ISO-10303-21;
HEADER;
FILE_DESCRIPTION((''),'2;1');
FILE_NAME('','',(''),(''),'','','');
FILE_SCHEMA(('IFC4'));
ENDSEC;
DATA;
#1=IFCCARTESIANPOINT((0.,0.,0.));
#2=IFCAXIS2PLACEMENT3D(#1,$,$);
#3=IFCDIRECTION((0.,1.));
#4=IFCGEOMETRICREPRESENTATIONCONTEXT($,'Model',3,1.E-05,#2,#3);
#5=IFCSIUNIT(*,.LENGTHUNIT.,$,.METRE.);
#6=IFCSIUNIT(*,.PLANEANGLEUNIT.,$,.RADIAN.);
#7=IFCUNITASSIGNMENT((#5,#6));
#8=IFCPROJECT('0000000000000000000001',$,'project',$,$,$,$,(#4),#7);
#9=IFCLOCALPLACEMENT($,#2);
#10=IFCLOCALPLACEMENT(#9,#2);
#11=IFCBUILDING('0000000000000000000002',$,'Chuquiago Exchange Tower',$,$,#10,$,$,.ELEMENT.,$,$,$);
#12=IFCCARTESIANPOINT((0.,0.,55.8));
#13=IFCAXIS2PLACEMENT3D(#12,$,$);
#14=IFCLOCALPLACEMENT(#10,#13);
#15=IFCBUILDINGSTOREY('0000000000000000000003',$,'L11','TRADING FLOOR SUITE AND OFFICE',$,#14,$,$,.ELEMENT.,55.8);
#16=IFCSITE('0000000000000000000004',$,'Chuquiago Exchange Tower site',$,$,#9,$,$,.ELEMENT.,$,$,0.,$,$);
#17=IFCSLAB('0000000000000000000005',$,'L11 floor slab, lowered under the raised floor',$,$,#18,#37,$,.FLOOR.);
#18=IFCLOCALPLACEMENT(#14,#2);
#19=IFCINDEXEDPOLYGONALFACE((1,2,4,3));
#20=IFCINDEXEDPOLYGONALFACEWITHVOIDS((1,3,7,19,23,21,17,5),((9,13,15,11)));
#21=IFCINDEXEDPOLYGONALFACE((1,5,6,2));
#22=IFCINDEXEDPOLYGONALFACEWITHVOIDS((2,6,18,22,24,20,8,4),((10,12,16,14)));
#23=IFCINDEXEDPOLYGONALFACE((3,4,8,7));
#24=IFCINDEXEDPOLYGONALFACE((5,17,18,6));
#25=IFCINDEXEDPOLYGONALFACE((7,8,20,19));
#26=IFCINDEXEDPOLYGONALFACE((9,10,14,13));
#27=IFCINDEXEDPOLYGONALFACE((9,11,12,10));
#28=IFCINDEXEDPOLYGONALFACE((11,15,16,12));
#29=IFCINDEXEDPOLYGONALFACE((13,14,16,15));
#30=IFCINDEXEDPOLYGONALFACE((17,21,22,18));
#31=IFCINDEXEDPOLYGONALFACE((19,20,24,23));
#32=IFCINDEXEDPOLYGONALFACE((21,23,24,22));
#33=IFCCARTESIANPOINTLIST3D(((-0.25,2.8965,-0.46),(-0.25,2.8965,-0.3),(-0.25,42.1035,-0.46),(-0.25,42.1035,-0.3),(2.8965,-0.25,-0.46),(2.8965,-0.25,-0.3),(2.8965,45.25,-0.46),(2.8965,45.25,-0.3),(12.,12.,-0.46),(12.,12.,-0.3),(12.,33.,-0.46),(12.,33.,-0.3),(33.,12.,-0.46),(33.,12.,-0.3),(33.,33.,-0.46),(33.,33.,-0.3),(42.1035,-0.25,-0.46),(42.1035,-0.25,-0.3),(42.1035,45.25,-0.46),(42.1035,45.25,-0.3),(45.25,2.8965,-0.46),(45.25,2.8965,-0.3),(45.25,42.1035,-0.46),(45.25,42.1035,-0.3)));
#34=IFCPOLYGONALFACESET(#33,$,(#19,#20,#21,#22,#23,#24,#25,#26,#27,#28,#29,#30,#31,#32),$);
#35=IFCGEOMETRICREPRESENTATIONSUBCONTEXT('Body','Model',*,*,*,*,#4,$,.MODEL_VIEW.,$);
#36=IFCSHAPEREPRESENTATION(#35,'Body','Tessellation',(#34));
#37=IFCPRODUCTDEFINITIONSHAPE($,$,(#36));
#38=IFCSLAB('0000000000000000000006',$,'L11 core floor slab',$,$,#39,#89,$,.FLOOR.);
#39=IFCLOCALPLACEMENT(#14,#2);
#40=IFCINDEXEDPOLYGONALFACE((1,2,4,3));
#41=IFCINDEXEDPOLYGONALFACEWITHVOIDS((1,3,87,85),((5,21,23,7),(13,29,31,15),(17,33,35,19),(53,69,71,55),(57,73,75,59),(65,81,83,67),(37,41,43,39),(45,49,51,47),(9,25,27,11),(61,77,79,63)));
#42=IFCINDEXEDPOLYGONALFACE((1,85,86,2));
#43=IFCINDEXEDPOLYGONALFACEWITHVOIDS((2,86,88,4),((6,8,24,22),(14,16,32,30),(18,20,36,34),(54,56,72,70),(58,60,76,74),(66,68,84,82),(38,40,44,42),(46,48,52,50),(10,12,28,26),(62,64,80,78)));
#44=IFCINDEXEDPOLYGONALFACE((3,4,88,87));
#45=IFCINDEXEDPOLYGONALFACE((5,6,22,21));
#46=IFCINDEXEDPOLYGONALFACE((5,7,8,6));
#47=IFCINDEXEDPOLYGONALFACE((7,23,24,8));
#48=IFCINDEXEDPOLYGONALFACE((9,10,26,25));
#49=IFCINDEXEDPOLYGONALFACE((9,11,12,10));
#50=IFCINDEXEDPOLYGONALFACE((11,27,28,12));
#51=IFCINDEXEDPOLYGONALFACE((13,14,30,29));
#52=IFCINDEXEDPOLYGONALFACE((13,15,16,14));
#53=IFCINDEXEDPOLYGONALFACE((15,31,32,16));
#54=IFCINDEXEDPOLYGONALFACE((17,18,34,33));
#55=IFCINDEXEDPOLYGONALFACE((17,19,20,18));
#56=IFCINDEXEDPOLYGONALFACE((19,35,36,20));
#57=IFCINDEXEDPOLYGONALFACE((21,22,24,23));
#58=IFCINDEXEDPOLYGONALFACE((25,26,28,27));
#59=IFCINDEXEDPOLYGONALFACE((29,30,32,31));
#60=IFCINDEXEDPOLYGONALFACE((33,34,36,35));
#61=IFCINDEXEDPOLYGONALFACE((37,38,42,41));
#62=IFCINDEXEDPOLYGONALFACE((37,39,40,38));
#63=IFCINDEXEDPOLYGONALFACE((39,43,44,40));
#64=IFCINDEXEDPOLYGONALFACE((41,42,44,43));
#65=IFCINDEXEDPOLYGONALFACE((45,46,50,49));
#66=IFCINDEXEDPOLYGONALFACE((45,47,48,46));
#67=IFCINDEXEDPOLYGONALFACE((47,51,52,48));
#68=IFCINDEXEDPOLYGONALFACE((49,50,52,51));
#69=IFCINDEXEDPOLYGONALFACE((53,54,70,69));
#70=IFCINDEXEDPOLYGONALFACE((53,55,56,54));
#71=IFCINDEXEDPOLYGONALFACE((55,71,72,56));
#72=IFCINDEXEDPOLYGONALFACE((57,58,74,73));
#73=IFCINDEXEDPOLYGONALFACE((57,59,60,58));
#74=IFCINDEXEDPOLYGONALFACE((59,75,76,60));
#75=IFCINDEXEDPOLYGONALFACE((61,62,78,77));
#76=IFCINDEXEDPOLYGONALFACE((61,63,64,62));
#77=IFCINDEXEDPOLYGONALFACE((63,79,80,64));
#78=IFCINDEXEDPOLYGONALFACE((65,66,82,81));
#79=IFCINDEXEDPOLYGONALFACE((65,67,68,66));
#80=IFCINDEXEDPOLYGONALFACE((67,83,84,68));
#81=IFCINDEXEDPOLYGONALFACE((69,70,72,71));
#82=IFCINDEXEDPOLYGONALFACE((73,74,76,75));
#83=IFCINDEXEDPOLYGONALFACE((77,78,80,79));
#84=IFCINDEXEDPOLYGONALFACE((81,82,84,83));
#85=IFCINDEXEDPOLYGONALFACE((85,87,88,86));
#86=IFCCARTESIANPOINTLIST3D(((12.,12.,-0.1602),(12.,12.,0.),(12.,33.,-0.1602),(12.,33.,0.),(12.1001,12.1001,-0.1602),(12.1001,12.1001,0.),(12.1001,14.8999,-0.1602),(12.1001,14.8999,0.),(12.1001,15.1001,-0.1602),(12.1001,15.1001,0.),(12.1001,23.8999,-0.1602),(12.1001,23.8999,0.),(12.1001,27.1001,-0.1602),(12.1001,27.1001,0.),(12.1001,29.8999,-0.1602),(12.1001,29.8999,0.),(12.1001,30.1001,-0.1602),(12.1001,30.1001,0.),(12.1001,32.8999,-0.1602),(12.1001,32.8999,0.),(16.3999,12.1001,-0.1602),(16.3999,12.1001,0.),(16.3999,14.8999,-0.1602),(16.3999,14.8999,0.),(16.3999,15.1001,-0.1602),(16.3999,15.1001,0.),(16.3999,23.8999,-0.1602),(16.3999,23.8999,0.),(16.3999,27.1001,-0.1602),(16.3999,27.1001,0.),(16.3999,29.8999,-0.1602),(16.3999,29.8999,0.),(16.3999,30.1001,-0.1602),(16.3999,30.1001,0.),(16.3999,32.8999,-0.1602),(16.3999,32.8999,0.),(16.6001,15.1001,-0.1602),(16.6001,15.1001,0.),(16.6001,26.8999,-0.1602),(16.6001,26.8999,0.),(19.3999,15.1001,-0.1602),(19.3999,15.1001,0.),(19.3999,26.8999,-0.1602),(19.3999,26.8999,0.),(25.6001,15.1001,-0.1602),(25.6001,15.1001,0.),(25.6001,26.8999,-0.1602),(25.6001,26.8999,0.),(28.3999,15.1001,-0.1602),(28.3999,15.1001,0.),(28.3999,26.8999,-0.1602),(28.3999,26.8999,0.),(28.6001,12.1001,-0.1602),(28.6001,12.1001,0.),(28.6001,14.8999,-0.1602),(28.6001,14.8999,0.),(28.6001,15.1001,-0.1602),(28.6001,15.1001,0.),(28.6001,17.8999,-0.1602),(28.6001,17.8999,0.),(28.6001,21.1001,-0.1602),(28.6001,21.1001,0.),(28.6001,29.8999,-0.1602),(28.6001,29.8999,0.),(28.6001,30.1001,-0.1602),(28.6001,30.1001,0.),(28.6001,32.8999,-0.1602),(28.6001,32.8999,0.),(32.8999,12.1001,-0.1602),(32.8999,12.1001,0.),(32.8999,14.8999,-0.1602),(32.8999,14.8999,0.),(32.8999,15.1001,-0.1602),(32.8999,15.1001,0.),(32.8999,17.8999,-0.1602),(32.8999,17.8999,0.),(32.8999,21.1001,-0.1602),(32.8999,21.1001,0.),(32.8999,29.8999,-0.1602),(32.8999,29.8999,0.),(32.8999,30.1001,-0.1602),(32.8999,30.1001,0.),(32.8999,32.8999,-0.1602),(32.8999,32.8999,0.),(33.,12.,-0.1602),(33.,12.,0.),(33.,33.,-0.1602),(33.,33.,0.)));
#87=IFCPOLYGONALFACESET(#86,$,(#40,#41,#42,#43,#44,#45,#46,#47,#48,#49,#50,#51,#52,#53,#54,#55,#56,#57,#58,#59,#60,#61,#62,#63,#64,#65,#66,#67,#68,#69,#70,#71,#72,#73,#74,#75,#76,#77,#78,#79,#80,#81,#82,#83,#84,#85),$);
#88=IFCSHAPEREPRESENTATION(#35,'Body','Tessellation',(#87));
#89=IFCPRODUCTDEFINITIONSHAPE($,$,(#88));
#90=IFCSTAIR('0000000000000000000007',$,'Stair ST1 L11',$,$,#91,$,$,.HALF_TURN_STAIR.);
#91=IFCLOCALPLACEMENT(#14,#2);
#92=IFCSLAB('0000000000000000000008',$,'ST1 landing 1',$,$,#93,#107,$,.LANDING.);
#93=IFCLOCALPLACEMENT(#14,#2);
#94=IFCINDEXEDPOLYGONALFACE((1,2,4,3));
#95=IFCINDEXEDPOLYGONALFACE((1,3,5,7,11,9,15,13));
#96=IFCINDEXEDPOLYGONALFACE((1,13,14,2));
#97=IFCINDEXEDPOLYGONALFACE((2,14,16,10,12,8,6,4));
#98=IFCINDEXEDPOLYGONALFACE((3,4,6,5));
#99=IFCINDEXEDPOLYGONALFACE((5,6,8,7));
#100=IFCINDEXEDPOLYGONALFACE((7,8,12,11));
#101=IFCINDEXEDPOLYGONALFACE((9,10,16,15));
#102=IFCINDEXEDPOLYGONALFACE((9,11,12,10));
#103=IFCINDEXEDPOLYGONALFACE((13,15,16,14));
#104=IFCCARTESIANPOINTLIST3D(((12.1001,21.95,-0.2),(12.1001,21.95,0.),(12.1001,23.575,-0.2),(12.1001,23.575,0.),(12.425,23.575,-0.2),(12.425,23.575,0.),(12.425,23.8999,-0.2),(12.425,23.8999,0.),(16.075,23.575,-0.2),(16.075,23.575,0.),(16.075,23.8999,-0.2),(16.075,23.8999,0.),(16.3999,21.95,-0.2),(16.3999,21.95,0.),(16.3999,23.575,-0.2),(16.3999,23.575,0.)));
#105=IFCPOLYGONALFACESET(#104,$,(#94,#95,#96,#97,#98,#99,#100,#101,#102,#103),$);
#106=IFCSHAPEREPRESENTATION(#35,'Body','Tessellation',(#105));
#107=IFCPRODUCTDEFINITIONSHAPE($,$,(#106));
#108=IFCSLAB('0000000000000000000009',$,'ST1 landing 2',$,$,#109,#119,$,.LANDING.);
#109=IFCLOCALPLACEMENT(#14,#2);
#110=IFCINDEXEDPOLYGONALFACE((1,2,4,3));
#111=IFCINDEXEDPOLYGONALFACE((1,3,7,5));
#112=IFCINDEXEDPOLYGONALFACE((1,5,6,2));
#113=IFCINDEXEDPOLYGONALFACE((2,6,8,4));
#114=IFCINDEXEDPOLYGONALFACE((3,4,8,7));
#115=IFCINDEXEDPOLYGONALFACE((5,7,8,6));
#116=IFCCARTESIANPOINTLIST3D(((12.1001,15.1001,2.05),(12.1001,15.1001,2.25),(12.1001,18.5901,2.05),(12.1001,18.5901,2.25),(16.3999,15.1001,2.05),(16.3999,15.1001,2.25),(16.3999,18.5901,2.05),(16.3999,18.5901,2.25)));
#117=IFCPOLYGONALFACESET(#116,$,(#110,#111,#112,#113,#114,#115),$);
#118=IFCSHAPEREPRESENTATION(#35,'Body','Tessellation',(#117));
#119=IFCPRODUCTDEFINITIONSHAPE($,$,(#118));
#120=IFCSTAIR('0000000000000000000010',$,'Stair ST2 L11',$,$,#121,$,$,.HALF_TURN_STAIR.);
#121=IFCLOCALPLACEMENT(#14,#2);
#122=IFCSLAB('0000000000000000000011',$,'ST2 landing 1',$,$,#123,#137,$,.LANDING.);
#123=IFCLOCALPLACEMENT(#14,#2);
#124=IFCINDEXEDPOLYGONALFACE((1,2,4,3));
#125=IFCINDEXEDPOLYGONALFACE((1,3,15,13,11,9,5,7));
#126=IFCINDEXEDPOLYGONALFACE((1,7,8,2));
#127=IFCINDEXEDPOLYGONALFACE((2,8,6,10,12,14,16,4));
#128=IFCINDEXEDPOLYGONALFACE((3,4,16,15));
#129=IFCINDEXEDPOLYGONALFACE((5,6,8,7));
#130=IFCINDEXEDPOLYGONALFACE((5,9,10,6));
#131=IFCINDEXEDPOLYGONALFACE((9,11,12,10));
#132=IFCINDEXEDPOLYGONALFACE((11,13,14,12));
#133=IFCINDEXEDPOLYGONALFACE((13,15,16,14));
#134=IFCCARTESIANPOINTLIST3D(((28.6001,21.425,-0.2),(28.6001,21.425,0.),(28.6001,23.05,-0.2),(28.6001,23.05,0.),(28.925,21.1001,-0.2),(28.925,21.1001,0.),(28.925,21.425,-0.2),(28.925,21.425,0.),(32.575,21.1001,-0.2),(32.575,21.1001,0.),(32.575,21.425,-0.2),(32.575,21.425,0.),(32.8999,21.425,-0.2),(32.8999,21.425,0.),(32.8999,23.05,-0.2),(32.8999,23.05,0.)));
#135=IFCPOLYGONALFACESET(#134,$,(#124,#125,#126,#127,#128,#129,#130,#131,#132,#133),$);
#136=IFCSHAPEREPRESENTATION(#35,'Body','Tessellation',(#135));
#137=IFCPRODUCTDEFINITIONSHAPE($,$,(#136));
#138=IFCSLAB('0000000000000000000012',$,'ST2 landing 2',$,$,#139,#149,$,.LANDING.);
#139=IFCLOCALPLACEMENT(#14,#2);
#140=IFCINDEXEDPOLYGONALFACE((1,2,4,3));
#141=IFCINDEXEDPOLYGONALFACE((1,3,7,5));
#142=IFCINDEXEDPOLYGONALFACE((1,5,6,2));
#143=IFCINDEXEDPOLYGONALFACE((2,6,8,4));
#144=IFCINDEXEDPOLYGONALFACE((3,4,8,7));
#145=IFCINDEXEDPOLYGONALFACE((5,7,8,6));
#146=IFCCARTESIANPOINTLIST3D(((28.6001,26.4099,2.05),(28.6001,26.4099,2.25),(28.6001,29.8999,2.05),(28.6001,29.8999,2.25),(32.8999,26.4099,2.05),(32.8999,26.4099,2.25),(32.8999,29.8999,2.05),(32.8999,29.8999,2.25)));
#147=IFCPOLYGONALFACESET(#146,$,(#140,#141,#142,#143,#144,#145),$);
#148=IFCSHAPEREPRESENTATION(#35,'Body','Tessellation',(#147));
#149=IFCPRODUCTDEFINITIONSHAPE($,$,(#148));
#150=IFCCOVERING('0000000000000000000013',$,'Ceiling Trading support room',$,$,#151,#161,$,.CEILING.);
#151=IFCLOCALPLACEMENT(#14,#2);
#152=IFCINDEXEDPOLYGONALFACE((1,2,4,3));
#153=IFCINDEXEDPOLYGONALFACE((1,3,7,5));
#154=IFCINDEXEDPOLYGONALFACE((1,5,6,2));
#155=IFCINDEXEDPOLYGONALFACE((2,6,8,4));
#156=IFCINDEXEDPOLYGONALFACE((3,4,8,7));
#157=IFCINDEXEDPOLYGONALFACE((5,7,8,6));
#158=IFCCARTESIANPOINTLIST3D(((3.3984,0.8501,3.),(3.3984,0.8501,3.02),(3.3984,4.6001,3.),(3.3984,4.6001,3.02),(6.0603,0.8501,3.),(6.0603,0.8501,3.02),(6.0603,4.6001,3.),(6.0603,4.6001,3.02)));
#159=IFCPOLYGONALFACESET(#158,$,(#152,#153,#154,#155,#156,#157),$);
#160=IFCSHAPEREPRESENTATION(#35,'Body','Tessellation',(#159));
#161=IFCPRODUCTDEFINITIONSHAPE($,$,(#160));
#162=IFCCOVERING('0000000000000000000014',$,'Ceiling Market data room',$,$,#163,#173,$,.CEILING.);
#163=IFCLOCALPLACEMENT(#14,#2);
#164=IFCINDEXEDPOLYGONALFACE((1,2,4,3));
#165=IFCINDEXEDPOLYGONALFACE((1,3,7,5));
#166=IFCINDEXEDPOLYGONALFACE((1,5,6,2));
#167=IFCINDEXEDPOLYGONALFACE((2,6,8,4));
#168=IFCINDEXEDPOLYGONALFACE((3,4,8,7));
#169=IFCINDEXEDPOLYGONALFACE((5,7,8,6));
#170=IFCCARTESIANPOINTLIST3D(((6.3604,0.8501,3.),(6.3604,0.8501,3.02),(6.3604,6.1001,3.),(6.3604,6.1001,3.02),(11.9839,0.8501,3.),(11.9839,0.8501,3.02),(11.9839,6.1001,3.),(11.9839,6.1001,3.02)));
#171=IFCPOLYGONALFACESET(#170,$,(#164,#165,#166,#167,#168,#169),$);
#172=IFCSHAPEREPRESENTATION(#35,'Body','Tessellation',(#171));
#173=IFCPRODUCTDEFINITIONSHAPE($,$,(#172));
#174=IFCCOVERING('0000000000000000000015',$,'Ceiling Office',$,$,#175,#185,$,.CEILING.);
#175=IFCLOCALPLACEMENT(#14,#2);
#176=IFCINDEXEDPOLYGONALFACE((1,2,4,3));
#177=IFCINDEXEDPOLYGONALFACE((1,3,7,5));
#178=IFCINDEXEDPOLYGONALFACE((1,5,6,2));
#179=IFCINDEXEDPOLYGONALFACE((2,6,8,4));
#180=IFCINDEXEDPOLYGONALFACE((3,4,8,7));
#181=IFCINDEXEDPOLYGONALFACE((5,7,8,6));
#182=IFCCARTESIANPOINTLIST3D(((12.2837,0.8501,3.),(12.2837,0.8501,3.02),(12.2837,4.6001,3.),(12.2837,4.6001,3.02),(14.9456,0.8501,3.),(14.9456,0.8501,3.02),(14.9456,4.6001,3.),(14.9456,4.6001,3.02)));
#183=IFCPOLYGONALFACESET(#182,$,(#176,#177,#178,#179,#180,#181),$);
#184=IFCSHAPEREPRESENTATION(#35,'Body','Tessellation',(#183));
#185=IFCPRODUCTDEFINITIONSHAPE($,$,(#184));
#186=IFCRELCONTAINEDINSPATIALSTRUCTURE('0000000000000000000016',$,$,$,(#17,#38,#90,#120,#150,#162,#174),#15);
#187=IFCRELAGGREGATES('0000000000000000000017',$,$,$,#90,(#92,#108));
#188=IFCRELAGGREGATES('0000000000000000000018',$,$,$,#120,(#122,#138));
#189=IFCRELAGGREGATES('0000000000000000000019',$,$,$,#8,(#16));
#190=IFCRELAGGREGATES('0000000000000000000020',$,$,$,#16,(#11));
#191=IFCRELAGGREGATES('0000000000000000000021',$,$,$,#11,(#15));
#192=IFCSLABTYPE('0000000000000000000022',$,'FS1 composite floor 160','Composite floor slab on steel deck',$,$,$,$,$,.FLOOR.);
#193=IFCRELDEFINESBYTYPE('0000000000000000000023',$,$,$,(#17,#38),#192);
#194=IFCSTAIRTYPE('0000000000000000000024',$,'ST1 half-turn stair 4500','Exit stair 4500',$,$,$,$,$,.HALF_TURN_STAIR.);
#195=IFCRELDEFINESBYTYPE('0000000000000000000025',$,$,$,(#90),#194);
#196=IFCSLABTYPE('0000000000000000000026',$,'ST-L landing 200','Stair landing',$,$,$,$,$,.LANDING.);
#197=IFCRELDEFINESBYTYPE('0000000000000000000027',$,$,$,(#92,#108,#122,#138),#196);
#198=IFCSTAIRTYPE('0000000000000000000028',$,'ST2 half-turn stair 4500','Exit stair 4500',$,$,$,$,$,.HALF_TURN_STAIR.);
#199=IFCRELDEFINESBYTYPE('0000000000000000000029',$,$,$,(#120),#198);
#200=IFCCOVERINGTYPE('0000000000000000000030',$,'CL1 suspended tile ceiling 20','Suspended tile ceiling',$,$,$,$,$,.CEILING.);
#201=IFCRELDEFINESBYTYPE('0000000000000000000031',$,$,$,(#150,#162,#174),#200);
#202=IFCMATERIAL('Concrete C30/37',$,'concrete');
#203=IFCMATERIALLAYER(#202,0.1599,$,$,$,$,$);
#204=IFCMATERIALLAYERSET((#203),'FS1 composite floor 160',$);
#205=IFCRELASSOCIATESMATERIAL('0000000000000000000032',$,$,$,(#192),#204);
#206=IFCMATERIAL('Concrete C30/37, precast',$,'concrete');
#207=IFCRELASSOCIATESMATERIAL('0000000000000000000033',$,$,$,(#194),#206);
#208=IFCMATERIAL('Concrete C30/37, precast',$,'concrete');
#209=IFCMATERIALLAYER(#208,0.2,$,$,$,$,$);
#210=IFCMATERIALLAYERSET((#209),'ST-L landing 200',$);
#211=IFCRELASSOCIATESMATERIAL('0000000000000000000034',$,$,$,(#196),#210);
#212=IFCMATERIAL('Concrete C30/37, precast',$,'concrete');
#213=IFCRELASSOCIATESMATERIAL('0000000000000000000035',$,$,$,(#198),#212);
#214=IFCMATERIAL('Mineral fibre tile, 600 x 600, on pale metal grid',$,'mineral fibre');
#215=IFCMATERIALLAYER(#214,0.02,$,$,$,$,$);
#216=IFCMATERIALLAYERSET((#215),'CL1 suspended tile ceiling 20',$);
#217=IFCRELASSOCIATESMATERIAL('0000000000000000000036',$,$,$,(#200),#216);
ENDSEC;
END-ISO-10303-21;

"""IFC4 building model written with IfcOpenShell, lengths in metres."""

from ifc_helpers import new_model, si_unit, direction, frame, origin, place, context, subcontext, project, spatial, polyline, outline, extrude, material, layer, layer_set, type_object, element, aggregate, save


model = new_model("IFC4")

# Units and contexts
model_context = context("Model", 3, precision=1e-05, world=origin(), true_north=direction((0.0, 1.0)))
body_context = subcontext(model_context, "Body", "Model", "MODEL_VIEW")
ifc_project = project(units=[si_unit("LENGTHUNIT", "METRE"), si_unit("PLANEANGLEUNIT", "RADIAN")], contexts=[model_context])

# Site, building, storey
site_placement = place(None, origin())
site = spatial("IfcSite", under=ifc_project, at=site_placement, Name="Chuquiago Exchange Tower site", CompositionType="ELEMENT", RefElevation=0.0)
building_placement = place(site_placement, origin())
building = spatial("IfcBuilding", under=site, at=building_placement, Name="Chuquiago Exchange Tower", CompositionType="ELEMENT")
storey_placement = place(building_placement, frame((0.0, 0.0, 55.8)))
storey = spatial("IfcBuildingStorey", under=building, at=storey_placement, Name="L11", Description="TRADING FLOOR SUITE AND OFFICE", CompositionType="ELEMENT", Elevation=55.8)

# Slabs
ifc_material_1 = material(Name="Concrete C30/37", Category="concrete")
ifc_layer_1 = layer(ifc_material_1, 0.1599)
ifc_layer_set_1 = layer_set([ifc_layer_1], Name="FS1 composite floor 160")
slab_type_1 = type_object("IfcSlabType", Name="FS1 composite floor 160", Description="Composite floor slab on steel deck", PredefinedType="FLOOR", material=ifc_layer_set_1)
slab_1_placement = place(storey_placement, frame((0.0, 0.0, -0.46)))
element("IfcSlab", 1, at=slab_1_placement, inside=storey, type_object=slab_type_1, Name="L11 floor slab, lowered under the raised floor", PredefinedType="FLOOR", context=body_context, shape_type="SweptSolid", body=[
    extrude(outline(polyline([(-0.25, 2.8965), (-0.25, 42.1035), (2.8965, 45.25), (42.1035, 45.25), (45.25, 42.1035), (45.25, 2.8965), (42.1035, -0.25), (2.8965, -0.25), (-0.25, 2.8965)]), holes=[polyline([(33.0, 33.0), (12.0, 33.0), (12.0, 12.0), (33.0, 12.0), (33.0, 33.0)])]), origin(), (0.0, 0.0, 1.0), 0.1599),
])
slab_2_placement = place(storey_placement, frame((0.0, 0.0, -0.1602)))
element("IfcSlab", 2, at=slab_2_placement, inside=storey, type_object=slab_type_1, Name="L11 core floor slab", PredefinedType="FLOOR", context=body_context, shape_type="SweptSolid", body=[
    extrude(outline(polyline([(33.0, 12.0), (33.0, 33.0), (12.0, 33.0), (12.0, 12.0), (33.0, 12.0)]), holes=[polyline([(16.3999, 15.1001), (12.1001, 15.1001), (12.1001, 23.8999), (16.3999, 23.8999), (16.3999, 15.1001)]), polyline([(32.8999, 21.1001), (28.6001, 21.1001), (28.6001, 29.8999), (32.8999, 29.8999), (32.8999, 21.1001)]), polyline([(16.3999, 12.1001), (12.1001, 12.1001), (12.1001, 14.8999), (16.3999, 14.8999), (16.3999, 12.1001)]), polyline([(16.3999, 30.1001), (12.1001, 30.1001), (12.1001, 32.8999), (16.3999, 32.8999), (16.3999, 30.1001)]), polyline([(32.8999, 12.1001), (28.6001, 12.1001), (28.6001, 14.8999), (32.8999, 14.8999), (32.8999, 12.1001)]), polyline([(32.8999, 30.1001), (28.6001, 30.1001), (28.6001, 32.8999), (32.8999, 32.8999), (32.8999, 30.1001)]), polyline([(16.3999, 27.1001), (12.1001, 27.1001), (12.1001, 29.8999), (16.3999, 29.8999), (16.3999, 27.1001)]), polyline([(32.8999, 15.1001), (28.6001, 15.1001), (28.6001, 17.8999), (32.8999, 17.8999), (32.8999, 15.1001)]), polyline([(19.3999, 15.1001), (16.6001, 15.1001), (16.6001, 26.8999), (19.3999, 26.8999), (19.3999, 15.1001)]), polyline([(28.3999, 15.1001), (25.6001, 15.1001), (25.6001, 26.8999), (28.3999, 26.8999), (28.3999, 15.1001)])]), origin(), (0.0, 0.0, 1.0), 0.1602),
])

# Stairs, slabs
ifc_material_2 = material(Name="Concrete C30/37, precast", Category="concrete")
stair_type_1 = type_object("IfcStairType", Name="ST1 half-turn stair 4500", Description="Exit stair 4500", PredefinedType="HALF_TURN_STAIR", material=ifc_material_2)
stair_1_placement = place(storey_placement, origin())
stair_1 = element("IfcStair", 3, at=stair_1_placement, inside=storey, type_object=stair_type_1, Name="Stair ST1 L11", PredefinedType="HALF_TURN_STAIR")
ifc_material_3 = material(Name="Concrete C30/37, precast", Category="concrete")
ifc_layer_2 = layer(ifc_material_3, 0.2)
ifc_layer_set_2 = layer_set([ifc_layer_2], Name="ST-L landing 200")
slab_type_2 = type_object("IfcSlabType", Name="ST-L landing 200", Description="Stair landing", PredefinedType="LANDING", material=ifc_layer_set_2)
slab_3_placement = place(storey_placement, frame((0.0, 0.0, -0.2)))
slab_3 = element("IfcSlab", 4, at=slab_3_placement, type_object=slab_type_2, Name="ST1 landing 1", PredefinedType="LANDING", context=body_context, shape_type="SweptSolid", body=[
    extrude(outline(polyline([(12.425, 23.8999), (16.075, 23.8999), (16.075, 23.575), (16.3999, 23.575), (16.3999, 21.95), (12.1001, 21.95), (12.1001, 23.575), (12.425, 23.575), (12.425, 23.8999)])), origin(), (0.0, 0.0, 1.0), 0.2),
])
slab_4_placement = place(storey_placement, frame((0.0, 0.0, 2.05)))
slab_4 = element("IfcSlab", 5, at=slab_4_placement, type_object=slab_type_2, Name="ST1 landing 2", PredefinedType="LANDING", context=body_context, shape_type="SweptSolid", body=[
    extrude(outline(polyline([(12.1001, 18.5901), (16.3999, 18.5901), (16.3999, 15.1001), (12.1001, 15.1001), (12.1001, 18.5901)])), origin(), (0.0, 0.0, 1.0), 0.2),
])
aggregate(stair_1, [slab_3, slab_4])
ifc_material_4 = material(Name="Concrete C30/37, precast", Category="concrete")
stair_type_2 = type_object("IfcStairType", Name="ST2 half-turn stair 4500", Description="Exit stair 4500", PredefinedType="HALF_TURN_STAIR", material=ifc_material_4)
stair_2_placement = place(storey_placement, origin())
stair_2 = element("IfcStair", 6, at=stair_2_placement, inside=storey, type_object=stair_type_2, Name="Stair ST2 L11", PredefinedType="HALF_TURN_STAIR")
slab_5_placement = place(storey_placement, frame((0.0, 0.0, -0.2)))
slab_5 = element("IfcSlab", 7, at=slab_5_placement, type_object=slab_type_2, Name="ST2 landing 1", PredefinedType="LANDING", context=body_context, shape_type="SweptSolid", body=[
    extrude(outline(polyline([(32.575, 21.425), (32.575, 21.1001), (28.925, 21.1001), (28.925, 21.425), (28.6001, 21.425), (28.6001, 23.05), (32.8999, 23.05), (32.8999, 21.425), (32.575, 21.425)])), origin(), (0.0, 0.0, 1.0), 0.2),
])
slab_6_placement = place(storey_placement, frame((0.0, 0.0, 2.05)))
slab_6 = element("IfcSlab", 8, at=slab_6_placement, type_object=slab_type_2, Name="ST2 landing 2", PredefinedType="LANDING", context=body_context, shape_type="SweptSolid", body=[
    extrude(outline(polyline([(28.6001, 29.8999), (32.8999, 29.8999), (32.8999, 26.4099), (28.6001, 26.4099), (28.6001, 29.8999)])), origin(), (0.0, 0.0, 1.0), 0.2),
])
aggregate(stair_2, [slab_5, slab_6])

# Coverings
ifc_material_5 = material(Name="Mineral fibre tile, 600 x 600, on pale metal grid", Category="mineral fibre")
ifc_layer_3 = layer(ifc_material_5, 0.02)
ifc_layer_set_3 = layer_set([ifc_layer_3], Name="CL1 suspended tile ceiling 20")
covering_type_1 = type_object("IfcCoveringType", Name="CL1 suspended tile ceiling 20", Description="Suspended tile ceiling", PredefinedType="CEILING", material=ifc_layer_set_3)
covering_1_placement = place(storey_placement, frame((0.0, 0.0, 3.0)))
element("IfcCovering", 9, at=covering_1_placement, inside=storey, type_object=covering_type_1, Name="Ceiling Trading support room", PredefinedType="CEILING", context=body_context, shape_type="SweptSolid", body=[
    extrude(outline(polyline([(3.3984, 4.6001), (6.0603, 4.6001), (6.0603, 0.8501), (3.3984, 0.8501), (3.3984, 4.6001)])), origin(), (0.0, 0.0, 1.0), 0.02),
])
covering_2_placement = place(storey_placement, frame((0.0, 0.0, 3.0)))
element("IfcCovering", 10, at=covering_2_placement, inside=storey, type_object=covering_type_1, Name="Ceiling Market data room", PredefinedType="CEILING", context=body_context, shape_type="SweptSolid", body=[
    extrude(outline(polyline([(6.3604, 6.1001), (11.9839, 6.1001), (11.9839, 0.8501), (6.3604, 0.8501), (6.3604, 6.1001)])), origin(), (0.0, 0.0, 1.0), 0.02),
])
covering_3_placement = place(storey_placement, frame((0.0, 0.0, 3.0)))
element("IfcCovering", 11, at=covering_3_placement, inside=storey, type_object=covering_type_1, Name="Ceiling Office", PredefinedType="CEILING", context=body_context, shape_type="SweptSolid", body=[
    extrude(outline(polyline([(12.2837, 4.6001), (14.9456, 4.6001), (14.9456, 0.8501), (12.2837, 0.8501), (12.2837, 4.6001)])), origin(), (0.0, 0.0, 1.0), 0.02),
])

save(model, "model.ifc")
